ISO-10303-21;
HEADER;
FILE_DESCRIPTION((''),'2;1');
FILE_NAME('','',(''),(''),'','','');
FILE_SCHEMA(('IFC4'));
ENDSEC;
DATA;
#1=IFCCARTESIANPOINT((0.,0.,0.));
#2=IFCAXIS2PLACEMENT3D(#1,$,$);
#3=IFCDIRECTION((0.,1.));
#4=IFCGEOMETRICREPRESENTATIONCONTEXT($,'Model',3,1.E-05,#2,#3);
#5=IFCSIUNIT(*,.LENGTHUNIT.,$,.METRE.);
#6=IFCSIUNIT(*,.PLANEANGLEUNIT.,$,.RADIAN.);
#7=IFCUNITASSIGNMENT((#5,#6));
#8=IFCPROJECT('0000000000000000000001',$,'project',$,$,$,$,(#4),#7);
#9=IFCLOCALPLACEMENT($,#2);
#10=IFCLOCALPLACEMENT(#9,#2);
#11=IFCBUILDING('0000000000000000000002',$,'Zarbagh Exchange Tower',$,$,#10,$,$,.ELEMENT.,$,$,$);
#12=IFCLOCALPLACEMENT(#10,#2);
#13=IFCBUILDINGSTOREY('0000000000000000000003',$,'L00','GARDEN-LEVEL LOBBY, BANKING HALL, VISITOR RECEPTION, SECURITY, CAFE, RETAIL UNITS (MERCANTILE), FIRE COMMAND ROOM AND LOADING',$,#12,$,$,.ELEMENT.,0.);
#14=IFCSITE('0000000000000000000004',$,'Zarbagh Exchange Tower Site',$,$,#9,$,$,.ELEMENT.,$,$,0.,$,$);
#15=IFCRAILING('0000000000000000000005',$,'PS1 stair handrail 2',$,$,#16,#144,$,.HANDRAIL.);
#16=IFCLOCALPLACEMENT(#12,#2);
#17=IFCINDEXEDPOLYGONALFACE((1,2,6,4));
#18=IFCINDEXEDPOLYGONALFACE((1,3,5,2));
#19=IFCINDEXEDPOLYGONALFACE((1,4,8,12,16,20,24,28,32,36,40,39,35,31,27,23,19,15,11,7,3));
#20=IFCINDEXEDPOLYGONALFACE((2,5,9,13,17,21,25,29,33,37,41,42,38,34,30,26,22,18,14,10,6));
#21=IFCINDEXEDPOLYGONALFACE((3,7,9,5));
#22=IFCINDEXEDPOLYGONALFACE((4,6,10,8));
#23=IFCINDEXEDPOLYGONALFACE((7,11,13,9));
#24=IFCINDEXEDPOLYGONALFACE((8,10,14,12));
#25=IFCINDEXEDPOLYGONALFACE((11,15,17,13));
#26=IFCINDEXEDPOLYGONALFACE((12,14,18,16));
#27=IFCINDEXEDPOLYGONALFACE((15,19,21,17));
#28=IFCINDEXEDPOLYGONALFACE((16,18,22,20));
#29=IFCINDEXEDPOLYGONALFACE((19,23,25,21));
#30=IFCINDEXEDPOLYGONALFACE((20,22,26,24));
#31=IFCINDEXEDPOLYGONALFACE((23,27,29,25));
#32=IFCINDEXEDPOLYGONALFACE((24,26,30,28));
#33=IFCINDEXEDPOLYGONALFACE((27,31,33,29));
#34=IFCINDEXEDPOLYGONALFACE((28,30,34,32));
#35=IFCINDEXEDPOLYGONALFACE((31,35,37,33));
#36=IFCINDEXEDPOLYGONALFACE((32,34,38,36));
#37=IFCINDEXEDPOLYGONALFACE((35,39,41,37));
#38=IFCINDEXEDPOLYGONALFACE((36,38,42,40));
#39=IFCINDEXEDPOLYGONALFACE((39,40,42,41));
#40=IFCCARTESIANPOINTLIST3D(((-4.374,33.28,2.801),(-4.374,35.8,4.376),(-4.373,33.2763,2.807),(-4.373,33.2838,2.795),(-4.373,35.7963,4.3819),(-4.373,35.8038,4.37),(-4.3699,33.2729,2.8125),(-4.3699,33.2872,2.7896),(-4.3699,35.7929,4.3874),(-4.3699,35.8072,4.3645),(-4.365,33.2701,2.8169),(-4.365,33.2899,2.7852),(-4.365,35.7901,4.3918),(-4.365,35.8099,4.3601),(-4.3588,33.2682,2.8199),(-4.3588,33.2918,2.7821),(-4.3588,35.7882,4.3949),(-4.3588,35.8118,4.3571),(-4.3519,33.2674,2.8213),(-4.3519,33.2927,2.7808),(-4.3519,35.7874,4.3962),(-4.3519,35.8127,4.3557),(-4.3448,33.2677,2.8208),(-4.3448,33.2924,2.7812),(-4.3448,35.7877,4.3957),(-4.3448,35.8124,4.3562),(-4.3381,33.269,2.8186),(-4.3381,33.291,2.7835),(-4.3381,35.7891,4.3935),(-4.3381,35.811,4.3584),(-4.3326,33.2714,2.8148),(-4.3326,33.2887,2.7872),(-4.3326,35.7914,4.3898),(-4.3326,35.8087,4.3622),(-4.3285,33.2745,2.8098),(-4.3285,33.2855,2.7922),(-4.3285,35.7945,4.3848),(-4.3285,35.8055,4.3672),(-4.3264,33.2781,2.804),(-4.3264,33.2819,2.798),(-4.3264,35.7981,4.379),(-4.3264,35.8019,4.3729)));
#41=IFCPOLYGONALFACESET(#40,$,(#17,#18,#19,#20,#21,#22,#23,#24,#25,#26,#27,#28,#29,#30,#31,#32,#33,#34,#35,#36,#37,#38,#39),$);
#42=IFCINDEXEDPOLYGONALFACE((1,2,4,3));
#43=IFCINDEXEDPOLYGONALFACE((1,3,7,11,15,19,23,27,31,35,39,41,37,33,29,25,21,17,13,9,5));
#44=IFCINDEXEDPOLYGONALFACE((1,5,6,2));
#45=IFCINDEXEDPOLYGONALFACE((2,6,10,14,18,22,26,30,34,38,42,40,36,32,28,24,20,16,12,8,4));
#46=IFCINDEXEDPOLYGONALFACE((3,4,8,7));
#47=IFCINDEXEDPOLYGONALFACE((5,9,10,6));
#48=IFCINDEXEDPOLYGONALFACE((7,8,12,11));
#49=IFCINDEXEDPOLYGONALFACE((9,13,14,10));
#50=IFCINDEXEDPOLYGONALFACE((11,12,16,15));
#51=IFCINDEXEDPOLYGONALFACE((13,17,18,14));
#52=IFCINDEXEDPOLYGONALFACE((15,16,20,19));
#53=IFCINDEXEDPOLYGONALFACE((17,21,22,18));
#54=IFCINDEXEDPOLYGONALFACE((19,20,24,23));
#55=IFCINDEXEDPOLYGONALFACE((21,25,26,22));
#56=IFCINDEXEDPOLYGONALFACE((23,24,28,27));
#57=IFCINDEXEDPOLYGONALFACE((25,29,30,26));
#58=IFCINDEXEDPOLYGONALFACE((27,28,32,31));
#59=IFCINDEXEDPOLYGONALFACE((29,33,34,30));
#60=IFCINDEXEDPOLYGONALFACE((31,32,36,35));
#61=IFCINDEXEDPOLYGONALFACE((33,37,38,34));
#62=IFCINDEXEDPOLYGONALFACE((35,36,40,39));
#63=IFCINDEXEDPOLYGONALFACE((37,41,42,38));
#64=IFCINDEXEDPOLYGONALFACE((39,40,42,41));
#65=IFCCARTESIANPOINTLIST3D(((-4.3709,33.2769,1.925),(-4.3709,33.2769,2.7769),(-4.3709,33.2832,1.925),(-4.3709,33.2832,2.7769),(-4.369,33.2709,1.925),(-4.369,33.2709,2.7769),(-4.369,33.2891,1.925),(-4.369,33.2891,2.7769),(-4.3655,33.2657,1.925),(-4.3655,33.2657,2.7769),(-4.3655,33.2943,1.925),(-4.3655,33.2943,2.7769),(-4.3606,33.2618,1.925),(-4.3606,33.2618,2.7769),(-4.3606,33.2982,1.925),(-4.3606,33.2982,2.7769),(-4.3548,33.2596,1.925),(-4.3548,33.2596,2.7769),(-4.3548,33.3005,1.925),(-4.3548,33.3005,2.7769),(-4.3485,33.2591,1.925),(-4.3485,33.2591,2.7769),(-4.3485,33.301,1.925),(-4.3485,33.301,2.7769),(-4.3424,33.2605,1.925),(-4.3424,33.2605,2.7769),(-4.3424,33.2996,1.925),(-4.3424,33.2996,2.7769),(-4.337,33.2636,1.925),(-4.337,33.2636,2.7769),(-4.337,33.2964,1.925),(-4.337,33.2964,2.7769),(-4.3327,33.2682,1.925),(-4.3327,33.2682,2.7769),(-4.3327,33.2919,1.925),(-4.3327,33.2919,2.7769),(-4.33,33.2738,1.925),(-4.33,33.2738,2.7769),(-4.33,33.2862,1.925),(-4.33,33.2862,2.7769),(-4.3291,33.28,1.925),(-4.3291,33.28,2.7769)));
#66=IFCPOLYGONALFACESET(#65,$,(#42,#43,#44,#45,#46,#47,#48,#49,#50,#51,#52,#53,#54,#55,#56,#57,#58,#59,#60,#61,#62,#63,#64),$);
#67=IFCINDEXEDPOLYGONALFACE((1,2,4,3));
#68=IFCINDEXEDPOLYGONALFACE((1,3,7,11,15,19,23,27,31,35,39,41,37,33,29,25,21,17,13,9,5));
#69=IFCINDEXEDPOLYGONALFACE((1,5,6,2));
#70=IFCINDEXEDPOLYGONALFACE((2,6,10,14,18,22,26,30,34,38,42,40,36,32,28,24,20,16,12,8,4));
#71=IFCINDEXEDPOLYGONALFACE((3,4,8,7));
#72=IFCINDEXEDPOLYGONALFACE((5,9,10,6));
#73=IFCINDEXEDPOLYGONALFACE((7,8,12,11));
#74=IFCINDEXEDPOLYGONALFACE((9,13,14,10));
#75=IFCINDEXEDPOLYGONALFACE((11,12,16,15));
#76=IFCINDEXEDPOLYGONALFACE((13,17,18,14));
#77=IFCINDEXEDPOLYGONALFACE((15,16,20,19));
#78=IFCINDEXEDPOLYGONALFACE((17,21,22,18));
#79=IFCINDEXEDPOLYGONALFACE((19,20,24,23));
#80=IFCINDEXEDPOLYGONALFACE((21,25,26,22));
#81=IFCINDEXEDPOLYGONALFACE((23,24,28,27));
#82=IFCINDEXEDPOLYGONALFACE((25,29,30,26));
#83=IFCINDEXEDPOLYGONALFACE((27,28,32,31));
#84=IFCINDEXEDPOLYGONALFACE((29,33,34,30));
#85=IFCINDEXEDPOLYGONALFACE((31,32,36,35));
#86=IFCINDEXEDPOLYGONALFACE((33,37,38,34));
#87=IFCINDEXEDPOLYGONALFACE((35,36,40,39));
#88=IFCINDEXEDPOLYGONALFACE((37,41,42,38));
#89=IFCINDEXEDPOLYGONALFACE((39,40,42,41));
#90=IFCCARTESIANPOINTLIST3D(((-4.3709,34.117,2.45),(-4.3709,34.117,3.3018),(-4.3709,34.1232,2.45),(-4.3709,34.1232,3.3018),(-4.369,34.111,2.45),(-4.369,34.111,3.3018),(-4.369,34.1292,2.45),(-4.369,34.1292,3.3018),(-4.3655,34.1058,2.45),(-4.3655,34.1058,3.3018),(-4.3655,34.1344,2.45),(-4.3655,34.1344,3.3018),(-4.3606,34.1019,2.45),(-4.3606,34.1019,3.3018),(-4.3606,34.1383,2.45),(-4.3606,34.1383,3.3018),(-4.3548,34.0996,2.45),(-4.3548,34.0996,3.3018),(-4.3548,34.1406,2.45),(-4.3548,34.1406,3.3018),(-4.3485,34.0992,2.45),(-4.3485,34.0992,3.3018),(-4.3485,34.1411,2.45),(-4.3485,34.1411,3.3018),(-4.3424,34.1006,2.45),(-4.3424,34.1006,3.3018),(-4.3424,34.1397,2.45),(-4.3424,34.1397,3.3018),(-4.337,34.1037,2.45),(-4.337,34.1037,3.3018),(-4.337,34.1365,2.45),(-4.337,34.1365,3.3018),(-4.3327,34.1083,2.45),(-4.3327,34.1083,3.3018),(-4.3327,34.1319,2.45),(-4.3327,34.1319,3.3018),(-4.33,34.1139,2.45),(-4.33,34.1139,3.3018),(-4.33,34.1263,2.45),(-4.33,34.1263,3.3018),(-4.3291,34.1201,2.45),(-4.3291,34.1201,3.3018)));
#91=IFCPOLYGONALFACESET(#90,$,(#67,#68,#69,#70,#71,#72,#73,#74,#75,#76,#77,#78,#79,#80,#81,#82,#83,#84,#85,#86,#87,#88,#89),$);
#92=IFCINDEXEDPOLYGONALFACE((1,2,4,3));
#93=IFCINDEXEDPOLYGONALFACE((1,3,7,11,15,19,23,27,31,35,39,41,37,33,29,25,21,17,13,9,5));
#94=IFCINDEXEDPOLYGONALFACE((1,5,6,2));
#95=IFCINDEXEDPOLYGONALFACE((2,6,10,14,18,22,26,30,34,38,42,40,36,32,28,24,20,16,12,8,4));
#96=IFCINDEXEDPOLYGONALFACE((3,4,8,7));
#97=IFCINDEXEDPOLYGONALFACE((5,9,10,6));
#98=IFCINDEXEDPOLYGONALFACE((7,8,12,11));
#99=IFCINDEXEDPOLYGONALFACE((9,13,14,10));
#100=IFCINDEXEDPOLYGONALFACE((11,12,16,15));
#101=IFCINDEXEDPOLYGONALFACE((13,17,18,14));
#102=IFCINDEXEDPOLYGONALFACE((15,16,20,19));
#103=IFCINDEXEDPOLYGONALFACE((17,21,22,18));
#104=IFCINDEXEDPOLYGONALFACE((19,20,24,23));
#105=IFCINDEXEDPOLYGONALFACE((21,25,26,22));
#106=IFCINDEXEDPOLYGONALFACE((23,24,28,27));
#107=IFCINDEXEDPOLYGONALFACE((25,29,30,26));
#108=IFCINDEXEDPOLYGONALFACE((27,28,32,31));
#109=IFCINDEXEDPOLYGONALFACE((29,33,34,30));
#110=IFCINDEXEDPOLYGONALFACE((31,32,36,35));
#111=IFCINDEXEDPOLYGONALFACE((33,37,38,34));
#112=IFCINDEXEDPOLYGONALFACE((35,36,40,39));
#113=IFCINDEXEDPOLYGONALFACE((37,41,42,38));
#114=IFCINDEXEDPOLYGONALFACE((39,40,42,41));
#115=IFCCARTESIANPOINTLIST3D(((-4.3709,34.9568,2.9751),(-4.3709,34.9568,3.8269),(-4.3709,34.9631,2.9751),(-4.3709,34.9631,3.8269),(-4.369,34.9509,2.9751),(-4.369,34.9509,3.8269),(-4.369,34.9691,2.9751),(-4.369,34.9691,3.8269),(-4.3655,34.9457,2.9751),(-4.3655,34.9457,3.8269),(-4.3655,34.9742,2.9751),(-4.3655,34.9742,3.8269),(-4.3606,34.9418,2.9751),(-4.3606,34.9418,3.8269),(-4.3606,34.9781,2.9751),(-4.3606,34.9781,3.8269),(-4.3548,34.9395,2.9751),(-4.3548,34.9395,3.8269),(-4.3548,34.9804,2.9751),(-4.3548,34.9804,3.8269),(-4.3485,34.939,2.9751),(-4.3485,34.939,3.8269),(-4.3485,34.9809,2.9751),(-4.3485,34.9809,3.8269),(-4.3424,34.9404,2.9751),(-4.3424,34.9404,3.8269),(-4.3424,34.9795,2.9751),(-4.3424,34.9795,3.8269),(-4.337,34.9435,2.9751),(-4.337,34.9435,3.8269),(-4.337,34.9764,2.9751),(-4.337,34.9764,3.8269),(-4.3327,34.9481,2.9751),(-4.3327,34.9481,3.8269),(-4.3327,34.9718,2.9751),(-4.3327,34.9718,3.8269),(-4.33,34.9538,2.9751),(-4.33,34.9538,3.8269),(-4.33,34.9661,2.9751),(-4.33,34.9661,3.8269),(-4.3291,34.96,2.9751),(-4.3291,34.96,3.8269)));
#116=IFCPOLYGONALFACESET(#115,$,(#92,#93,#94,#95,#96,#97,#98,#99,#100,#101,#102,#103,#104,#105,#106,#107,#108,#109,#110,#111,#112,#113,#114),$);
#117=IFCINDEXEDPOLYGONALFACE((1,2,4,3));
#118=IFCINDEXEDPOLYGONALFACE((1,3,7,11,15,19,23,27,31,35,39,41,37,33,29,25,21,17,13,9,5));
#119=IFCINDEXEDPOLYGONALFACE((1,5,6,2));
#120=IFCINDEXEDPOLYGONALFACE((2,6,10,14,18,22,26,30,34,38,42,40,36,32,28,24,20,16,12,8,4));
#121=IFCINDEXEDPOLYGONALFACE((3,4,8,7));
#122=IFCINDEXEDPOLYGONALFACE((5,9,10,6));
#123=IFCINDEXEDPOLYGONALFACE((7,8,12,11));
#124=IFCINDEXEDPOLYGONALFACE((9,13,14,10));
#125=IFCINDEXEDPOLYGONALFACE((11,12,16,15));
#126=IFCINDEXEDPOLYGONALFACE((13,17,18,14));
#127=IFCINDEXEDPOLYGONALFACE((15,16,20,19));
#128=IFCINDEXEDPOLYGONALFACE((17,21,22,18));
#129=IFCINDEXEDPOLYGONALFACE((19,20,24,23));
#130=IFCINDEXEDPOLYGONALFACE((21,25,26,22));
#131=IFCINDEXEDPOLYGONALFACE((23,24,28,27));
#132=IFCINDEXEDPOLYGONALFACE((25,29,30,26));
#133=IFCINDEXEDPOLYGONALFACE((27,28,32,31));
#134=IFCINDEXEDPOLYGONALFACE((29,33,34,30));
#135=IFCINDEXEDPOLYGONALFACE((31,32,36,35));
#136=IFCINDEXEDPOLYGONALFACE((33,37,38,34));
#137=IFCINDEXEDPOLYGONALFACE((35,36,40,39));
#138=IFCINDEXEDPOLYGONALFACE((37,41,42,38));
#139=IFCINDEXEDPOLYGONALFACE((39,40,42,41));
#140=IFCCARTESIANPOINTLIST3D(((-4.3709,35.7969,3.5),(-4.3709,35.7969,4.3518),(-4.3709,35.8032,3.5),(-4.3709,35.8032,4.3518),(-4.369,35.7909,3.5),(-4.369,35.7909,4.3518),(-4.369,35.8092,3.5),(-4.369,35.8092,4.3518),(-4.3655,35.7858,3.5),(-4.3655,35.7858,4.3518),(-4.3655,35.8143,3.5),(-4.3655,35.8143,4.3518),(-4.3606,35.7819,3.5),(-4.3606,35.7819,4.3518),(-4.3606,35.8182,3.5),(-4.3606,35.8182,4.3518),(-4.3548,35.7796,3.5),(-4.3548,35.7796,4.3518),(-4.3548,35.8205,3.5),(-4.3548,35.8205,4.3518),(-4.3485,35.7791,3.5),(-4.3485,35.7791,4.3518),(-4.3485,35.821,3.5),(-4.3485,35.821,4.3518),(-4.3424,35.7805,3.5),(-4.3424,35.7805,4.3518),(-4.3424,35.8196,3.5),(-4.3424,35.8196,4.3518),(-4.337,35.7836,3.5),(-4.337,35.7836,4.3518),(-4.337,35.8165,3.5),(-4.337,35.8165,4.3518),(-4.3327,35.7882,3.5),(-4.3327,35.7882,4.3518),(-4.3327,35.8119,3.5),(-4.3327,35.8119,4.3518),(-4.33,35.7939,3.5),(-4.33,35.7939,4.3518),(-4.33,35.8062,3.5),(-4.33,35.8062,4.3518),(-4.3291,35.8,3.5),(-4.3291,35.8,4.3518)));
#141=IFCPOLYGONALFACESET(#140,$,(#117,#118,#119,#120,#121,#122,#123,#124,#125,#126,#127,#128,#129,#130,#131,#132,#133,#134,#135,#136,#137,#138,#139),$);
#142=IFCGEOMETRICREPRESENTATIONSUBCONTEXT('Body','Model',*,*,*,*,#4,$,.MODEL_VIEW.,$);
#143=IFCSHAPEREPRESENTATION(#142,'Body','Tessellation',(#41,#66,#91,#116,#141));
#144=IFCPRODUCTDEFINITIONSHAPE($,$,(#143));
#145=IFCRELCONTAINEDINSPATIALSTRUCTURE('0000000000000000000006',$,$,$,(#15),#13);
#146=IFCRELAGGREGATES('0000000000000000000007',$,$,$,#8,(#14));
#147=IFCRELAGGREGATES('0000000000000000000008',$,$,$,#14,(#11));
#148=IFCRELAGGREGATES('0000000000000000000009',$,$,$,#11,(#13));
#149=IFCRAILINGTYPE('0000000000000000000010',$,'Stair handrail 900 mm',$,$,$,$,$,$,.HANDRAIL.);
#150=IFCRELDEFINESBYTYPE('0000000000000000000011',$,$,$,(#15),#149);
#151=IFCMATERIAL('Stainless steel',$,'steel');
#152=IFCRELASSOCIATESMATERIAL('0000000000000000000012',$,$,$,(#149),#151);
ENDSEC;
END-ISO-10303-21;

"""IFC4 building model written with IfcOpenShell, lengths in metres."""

from ifc_helpers import new_model, si_unit, direction, frame, origin, origin_2d, place, context, subcontext, project, spatial, circle, extrude, material, type_object, element, save


model = new_model("IFC4")

# Units and contexts
model_context = context("Model", 3, precision=1e-05, world=origin(), true_north=direction((0.0, 1.0)))
body_context = subcontext(model_context, "Body", "Model", "MODEL_VIEW")
ifc_project = project(units=[si_unit("LENGTHUNIT", "METRE"), si_unit("PLANEANGLEUNIT", "RADIAN")], contexts=[model_context])

# Site, building, storey
site_placement = place(None, origin())
site = spatial("IfcSite", under=ifc_project, at=site_placement, Name="Zarbagh Exchange Tower Site", CompositionType="ELEMENT", RefElevation=0.0)
building_placement = place(site_placement, origin())
building = spatial("IfcBuilding", under=site, at=building_placement, Name="Zarbagh Exchange Tower", CompositionType="ELEMENT")
storey_placement = place(building_placement, origin())
storey = spatial("IfcBuildingStorey", under=building, at=storey_placement, Name="L00", Description="GARDEN-LEVEL LOBBY, BANKING HALL, VISITOR RECEPTION, SECURITY, CAFE, RETAIL UNITS (MERCANTILE), FIRE COMMAND ROOM AND LOADING", CompositionType="ELEMENT", Elevation=0.0)

# Shared definitions
ifc_material_1 = material(Name="Stainless steel", Category="steel")

# Railing
railing_type_1 = type_object("IfcRailingType", Name="Stair handrail 900 mm", PredefinedType="HANDRAIL", material=ifc_material_1)
for number, where, name in (
    (1, (-4.3501, 33.28, 1.925), "PS1 stair handrail 2"),
):
    element("IfcRailing", number, at=place(storey_placement, frame(where)), inside=storey, type_object=railing_type_1, Name=name, PredefinedType="HANDRAIL", context=body_context, shape_type="SweptSolid", body=[
        extrude(circle(Radius=0.0239, at=origin_2d()), frame((0.0, 0.0, 0.876), z_axis=(0.0, 0.848008, 0.529984), x_axis=(-1.0, 0.0, 0.0)), (0.0, 0.0, 1.0), 2.9717),
        extrude(circle(Radius=0.021, at=origin_2d()), origin(), (0.0, 0.0, 1.0), 0.8518),
        extrude(circle(Radius=0.021, at=origin_2d()), frame((0.0, 0.8401, 0.5249)), (0.0, 0.0, 1.0), 0.8518),
        extrude(circle(Radius=0.021, at=origin_2d()), frame((0.0, 1.6799, 1.05)), (0.0, 0.0, 1.0), 0.8518),
        extrude(circle(Radius=0.021, at=origin_2d()), frame((0.0, 2.52, 1.575)), (0.0, 0.0, 1.0), 0.8518),
    ])

save(model, "model.ifc")
